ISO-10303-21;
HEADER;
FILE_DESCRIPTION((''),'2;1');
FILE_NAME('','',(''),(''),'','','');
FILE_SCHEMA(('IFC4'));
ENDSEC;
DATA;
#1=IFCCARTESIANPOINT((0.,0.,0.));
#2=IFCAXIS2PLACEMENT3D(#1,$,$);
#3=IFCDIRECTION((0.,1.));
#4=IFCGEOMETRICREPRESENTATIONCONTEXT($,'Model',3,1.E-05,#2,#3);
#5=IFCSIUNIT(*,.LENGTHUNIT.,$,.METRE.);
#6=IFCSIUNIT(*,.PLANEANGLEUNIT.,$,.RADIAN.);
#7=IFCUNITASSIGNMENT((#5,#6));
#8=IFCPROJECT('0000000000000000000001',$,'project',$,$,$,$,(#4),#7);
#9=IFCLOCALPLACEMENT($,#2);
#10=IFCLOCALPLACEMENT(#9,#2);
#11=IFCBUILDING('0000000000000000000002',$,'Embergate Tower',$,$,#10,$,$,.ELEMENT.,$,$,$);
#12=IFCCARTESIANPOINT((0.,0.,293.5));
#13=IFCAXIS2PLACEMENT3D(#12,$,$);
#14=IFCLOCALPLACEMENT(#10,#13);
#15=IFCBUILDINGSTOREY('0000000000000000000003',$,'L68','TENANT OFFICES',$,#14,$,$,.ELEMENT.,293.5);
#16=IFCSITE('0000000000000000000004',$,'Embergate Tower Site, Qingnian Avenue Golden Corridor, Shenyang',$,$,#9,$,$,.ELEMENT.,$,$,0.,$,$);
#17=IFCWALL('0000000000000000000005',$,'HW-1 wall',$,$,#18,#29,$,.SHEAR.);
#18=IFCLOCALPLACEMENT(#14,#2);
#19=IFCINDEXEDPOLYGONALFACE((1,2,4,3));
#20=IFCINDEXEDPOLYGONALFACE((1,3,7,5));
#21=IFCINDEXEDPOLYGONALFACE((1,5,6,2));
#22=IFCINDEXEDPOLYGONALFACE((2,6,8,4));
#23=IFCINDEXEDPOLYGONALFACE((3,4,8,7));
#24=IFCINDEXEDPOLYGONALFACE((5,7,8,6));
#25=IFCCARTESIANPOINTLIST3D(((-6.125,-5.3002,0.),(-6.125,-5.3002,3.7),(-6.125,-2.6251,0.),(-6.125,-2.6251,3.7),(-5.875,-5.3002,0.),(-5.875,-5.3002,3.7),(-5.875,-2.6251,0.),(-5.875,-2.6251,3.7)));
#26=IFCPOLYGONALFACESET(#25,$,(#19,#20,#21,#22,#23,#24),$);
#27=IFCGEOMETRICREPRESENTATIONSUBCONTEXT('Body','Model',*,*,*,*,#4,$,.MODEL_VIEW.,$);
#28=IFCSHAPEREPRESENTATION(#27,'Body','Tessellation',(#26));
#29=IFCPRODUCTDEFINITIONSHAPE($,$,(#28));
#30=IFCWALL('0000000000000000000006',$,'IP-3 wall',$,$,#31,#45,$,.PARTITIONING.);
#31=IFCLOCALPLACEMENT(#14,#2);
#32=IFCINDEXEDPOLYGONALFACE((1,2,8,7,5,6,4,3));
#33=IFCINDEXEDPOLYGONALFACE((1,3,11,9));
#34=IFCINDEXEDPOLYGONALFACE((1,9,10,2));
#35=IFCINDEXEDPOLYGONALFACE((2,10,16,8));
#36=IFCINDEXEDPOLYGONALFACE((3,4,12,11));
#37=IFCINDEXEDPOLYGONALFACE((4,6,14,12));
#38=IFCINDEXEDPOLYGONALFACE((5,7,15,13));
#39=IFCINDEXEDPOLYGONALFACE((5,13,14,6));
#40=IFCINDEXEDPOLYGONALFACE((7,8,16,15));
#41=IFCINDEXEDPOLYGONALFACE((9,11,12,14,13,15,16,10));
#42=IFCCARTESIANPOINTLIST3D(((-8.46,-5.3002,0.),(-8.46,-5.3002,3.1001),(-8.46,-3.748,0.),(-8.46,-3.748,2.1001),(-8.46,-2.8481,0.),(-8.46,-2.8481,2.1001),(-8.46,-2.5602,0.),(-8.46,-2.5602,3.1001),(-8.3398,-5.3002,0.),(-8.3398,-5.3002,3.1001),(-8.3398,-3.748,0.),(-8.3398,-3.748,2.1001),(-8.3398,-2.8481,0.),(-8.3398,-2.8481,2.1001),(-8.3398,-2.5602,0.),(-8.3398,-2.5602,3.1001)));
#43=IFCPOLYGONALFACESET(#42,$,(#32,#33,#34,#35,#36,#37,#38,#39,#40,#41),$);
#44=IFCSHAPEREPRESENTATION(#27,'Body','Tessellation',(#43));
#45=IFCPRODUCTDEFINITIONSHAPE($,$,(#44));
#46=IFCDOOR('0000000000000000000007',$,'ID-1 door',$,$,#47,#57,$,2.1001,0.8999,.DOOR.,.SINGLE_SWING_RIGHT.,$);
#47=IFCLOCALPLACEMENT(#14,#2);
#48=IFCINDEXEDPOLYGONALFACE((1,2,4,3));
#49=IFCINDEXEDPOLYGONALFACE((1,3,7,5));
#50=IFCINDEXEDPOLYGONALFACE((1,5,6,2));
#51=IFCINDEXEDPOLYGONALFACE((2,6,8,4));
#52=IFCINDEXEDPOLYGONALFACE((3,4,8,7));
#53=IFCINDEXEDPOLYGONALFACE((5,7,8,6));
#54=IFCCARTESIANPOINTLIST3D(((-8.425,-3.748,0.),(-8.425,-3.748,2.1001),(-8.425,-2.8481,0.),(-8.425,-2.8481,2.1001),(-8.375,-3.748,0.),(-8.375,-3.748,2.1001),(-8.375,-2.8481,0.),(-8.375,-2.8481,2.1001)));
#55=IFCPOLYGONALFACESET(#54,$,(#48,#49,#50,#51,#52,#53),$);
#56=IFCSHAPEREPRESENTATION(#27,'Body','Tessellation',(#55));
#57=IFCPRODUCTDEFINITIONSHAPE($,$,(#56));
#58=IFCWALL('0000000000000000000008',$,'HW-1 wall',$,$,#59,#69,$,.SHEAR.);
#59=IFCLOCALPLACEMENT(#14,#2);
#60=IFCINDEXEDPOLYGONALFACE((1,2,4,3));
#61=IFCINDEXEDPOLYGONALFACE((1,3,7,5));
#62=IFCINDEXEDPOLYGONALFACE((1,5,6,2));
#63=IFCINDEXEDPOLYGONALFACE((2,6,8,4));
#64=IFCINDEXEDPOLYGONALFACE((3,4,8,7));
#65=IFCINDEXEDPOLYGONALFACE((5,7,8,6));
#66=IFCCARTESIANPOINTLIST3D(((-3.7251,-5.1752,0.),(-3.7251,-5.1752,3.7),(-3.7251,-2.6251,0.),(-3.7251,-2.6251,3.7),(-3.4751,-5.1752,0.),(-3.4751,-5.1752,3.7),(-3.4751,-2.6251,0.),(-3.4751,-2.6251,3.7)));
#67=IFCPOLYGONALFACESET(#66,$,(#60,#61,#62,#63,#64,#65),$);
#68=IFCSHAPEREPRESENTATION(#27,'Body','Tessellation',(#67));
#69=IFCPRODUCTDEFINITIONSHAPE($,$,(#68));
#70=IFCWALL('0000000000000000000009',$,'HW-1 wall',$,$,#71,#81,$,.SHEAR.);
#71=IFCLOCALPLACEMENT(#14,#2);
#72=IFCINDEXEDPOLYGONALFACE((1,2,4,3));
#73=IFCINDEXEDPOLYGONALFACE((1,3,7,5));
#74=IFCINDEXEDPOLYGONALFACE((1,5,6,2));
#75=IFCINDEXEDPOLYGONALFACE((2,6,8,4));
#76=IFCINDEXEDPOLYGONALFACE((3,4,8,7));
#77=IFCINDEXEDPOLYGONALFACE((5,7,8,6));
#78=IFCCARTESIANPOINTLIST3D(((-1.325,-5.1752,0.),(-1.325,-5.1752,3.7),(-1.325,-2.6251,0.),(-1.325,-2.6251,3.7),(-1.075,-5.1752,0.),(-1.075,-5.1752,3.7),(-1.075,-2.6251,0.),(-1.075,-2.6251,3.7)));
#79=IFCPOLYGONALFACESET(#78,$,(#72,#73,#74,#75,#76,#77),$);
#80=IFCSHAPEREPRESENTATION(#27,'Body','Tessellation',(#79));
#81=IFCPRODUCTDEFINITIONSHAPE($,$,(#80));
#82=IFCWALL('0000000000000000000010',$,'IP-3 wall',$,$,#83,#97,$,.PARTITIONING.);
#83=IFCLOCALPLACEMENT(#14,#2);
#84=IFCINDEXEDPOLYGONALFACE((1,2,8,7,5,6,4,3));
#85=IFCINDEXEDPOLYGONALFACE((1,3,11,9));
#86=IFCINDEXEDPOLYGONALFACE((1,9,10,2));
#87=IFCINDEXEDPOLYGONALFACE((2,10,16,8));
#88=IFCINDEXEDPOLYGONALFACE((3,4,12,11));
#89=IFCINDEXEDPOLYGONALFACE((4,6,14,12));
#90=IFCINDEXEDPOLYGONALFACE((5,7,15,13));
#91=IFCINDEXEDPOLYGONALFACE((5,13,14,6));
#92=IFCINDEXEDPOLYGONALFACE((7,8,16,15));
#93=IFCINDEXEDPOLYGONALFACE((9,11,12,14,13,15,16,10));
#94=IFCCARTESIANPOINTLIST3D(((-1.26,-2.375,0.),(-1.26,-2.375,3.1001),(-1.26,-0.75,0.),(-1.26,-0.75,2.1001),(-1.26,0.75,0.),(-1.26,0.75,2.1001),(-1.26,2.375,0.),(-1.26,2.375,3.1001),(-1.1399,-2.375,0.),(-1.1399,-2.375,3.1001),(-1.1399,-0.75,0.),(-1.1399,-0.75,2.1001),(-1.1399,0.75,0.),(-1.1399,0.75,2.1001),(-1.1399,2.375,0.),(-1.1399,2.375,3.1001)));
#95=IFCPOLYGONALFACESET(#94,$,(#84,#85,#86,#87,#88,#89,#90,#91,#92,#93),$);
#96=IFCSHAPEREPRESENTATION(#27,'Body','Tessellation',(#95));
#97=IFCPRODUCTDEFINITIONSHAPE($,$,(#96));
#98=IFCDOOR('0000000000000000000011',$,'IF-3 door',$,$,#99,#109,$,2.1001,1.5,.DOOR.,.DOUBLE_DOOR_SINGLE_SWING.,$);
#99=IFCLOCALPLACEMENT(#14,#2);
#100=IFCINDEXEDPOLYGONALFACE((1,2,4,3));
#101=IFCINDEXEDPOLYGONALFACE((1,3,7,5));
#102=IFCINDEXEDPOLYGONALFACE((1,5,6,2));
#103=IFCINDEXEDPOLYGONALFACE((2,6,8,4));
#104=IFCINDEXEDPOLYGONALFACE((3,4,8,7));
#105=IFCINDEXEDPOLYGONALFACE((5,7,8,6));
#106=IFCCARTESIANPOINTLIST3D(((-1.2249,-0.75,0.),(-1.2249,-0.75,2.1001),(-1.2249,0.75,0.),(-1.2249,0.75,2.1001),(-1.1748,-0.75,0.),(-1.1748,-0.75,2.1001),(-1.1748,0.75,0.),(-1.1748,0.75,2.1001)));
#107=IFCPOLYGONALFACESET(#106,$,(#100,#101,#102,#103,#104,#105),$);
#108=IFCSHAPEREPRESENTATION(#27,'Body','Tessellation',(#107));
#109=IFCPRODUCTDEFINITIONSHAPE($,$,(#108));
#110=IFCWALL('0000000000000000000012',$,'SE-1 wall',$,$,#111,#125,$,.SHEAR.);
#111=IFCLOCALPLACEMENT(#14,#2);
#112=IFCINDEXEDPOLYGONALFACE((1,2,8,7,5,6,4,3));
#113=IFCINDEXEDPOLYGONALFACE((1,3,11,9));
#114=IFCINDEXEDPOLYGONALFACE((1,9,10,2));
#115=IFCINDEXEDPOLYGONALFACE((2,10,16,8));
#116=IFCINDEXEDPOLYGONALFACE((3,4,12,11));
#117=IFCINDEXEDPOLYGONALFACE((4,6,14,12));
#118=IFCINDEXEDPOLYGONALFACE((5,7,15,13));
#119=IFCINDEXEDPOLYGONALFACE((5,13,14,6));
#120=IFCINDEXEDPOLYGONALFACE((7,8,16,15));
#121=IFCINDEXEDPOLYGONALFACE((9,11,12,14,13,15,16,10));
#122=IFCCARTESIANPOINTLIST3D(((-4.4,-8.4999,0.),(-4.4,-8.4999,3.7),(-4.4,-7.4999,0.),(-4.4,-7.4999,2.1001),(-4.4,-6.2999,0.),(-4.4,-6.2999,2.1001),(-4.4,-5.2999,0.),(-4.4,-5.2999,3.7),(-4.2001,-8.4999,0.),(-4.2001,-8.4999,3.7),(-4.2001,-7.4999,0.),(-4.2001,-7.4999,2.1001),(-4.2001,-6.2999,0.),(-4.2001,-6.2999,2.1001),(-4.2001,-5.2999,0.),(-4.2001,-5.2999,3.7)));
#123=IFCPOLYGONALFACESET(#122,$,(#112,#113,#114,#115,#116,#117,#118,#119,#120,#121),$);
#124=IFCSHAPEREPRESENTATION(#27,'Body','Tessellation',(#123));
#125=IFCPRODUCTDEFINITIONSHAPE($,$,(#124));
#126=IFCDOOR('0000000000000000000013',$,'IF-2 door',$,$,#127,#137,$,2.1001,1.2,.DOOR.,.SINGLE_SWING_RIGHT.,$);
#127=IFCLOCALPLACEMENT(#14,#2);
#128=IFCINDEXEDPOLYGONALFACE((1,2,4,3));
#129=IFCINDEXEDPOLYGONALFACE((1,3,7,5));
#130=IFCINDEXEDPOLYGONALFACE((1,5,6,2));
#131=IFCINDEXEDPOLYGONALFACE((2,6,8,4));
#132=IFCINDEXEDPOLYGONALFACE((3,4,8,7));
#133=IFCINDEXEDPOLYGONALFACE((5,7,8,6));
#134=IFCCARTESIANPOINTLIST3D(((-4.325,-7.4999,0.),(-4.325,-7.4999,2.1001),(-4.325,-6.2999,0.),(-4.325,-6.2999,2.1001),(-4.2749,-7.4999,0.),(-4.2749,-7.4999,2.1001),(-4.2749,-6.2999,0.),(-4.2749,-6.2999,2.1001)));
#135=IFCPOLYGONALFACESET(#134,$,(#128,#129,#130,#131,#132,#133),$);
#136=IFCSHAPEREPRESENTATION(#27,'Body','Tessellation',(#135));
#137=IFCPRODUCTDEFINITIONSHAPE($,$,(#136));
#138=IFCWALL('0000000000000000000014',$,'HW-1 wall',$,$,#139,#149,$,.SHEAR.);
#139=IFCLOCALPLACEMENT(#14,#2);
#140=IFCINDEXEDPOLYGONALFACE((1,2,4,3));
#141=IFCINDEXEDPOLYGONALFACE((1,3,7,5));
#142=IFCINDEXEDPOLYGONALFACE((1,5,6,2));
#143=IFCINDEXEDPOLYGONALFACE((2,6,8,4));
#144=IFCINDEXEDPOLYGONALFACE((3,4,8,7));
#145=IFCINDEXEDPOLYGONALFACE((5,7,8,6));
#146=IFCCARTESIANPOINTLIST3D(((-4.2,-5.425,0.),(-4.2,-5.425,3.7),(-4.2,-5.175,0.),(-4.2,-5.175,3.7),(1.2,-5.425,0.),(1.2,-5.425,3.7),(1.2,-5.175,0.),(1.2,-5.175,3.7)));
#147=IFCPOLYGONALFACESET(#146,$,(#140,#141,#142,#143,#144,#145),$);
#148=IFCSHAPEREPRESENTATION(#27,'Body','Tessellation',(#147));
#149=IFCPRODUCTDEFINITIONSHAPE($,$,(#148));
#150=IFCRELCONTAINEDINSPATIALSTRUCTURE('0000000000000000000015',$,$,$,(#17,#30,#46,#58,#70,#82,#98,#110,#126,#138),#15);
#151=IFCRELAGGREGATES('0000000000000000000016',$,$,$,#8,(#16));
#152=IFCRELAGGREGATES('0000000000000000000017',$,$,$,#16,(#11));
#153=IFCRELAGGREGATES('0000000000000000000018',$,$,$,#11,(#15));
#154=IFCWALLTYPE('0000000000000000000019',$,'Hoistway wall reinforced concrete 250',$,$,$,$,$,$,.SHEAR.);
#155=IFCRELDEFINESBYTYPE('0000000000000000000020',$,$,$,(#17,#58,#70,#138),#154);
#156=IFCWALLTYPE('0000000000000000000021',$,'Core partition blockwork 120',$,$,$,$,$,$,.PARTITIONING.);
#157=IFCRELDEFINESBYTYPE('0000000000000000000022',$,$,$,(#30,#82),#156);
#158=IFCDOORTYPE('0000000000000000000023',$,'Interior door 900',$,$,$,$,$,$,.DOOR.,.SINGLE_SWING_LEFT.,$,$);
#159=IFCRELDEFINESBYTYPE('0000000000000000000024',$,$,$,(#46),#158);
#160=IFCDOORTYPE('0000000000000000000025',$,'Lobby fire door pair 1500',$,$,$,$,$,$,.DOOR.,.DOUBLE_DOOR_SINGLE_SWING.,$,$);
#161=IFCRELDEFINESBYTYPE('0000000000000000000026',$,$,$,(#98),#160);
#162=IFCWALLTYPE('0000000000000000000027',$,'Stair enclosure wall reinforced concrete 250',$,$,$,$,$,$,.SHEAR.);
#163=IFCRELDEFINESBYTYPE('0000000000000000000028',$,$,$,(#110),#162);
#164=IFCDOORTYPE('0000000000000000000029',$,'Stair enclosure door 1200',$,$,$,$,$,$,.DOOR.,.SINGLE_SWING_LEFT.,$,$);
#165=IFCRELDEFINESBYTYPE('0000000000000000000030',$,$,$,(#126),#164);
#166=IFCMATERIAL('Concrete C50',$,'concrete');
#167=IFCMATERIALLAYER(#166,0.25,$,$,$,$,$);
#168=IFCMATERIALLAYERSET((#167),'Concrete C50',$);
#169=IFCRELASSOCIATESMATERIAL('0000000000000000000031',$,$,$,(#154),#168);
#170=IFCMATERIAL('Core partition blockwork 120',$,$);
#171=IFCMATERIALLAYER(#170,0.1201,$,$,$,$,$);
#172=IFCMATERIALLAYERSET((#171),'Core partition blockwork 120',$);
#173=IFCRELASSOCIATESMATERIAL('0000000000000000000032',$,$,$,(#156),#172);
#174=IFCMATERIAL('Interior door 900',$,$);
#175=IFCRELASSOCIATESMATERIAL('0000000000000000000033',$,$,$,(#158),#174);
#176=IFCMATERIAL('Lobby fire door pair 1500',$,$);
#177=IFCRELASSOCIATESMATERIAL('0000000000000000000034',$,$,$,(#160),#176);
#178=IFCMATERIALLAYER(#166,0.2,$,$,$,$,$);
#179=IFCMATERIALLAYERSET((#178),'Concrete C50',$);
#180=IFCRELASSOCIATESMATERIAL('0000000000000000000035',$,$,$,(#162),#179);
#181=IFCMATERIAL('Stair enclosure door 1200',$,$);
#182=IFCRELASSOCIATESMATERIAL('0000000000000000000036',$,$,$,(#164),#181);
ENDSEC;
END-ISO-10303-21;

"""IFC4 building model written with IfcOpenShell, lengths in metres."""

from ifc_helpers import new_model, si_unit, direction, frame, frame_2d, origin, place, context, subcontext, project, spatial, rectangle, extrude, source, transform, mapped, material, layer, layer_set, type_object, element, fill, save


model = new_model("IFC4")

# Units and contexts
model_context = context("Model", 3, precision=1e-05, world=origin(), true_north=direction((0.0, 1.0)))
body_context = subcontext(model_context, "Body", "Model", "MODEL_VIEW")
ifc_project = project(units=[si_unit("LENGTHUNIT", "METRE"), si_unit("PLANEANGLEUNIT", "RADIAN")], contexts=[model_context])

# Site, building, storey
site_placement = place(None, origin())
site = spatial("IfcSite", under=ifc_project, at=site_placement, Name="Embergate Tower Site, Qingnian Avenue Golden Corridor, Shenyang", CompositionType="ELEMENT", RefElevation=0.0)
building_placement = place(site_placement, origin())
building = spatial("IfcBuilding", under=site, at=building_placement, Name="Embergate Tower", CompositionType="ELEMENT")
storey_placement = place(building_placement, frame((0.0, 0.0, 293.5)))
storey = spatial("IfcBuildingStorey", under=building, at=storey_placement, Name="L68", Description="TENANT OFFICES", CompositionType="ELEMENT", Elevation=293.5)

# Wall
ifc_material_1 = material(Name="Concrete C50", Category="concrete")
ifc_layer_1 = layer(ifc_material_1, 0.25)
ifc_layer_set_1 = layer_set([ifc_layer_1], Name="Concrete C50")
wall_type_1 = type_object("IfcWallType", Name="Hoistway wall reinforced concrete 250", PredefinedType="SHEAR", material=ifc_layer_set_1)
shared_shape_1 = source(origin(), body_context, "Body", "SweptSolid", [
    extrude(rectangle(XDim=2.675, YDim=0.25, at=frame_2d((1.3374, 0.0))), origin(), (0.0, 0.0, 1.0), 3.7),
])
wall_1_placement = place(storey_placement, frame((-6.0, -5.3, 0.0), z_axis=(0.0, 0.0, 1.0), x_axis=(0.0, 1.0, 0.0)))
element("IfcWall", 1, at=wall_1_placement, inside=storey, type_object=wall_type_1, Name="HW-1 wall", PredefinedType="SHEAR", context=body_context, shape_type="MappedRepresentation", body=[
    mapped(shared_shape_1, transform((0.0, 0.0, 0.0))),
])

# Wall, opening, door
ifc_material_2 = material(Name="Core partition blockwork 120")
ifc_layer_2 = layer(ifc_material_2, 0.1201)
ifc_layer_set_2 = layer_set([ifc_layer_2], Name="Core partition blockwork 120")
wall_type_2 = type_object("IfcWallType", Name="Core partition blockwork 120", PredefinedType="PARTITIONING", material=ifc_layer_set_2)
shared_shape_2 = source(origin(), body_context, "Body", "SweptSolid", [
    extrude(rectangle(XDim=2.74, YDim=0.1201, at=frame_2d((1.3701, 0.0))), origin(), (0.0, 0.0, 1.0), 3.1001),
])
wall_2_placement = place(storey_placement, frame((-8.3999, -2.5601, 0.0), z_axis=(0.0, 0.0, 1.0), x_axis=(0.0, -1.0, 0.0)))
wall_2 = element("IfcWall", 2, at=wall_2_placement, inside=storey, type_object=wall_type_2, Name="IP-3 wall", PredefinedType="PARTITIONING", context=body_context, shape_type="MappedRepresentation", body=[
    mapped(shared_shape_2, transform((0.0, 0.0, 0.0))),
])
shared_shape_3 = source(origin(), body_context, "Body", "SweptSolid", [
    extrude(rectangle(XDim=0.8999, YDim=2.1001, at=frame_2d((0.45, 1.05))), frame((0.0, 0.0701, 0.0), z_axis=(0.0, -1.0, 0.0), x_axis=(1.0, 0.0, 0.0)), (0.0, 0.0, 1.0), 0.1401),
])
opening_1_placement = place(wall_2_placement, frame((0.2881, 0.0, 0.0)))
opening_1 = element("IfcOpeningElement", 3, at=opening_1_placement, cuts=wall_2, PredefinedType="OPENING", context=body_context, shape_type="MappedRepresentation", body=[
    mapped(shared_shape_3, transform((0.0, 0.0, 0.0))),
])
ifc_material_3 = material(Name="Interior door 900")
door_type_1 = type_object("IfcDoorType", Name="Interior door 900", OperationType="SINGLE_SWING_LEFT", PredefinedType="DOOR", material=ifc_material_3)
shared_shape_4 = source(origin(), body_context, "Body", "SweptSolid", [
    extrude(rectangle(XDim=0.8999, YDim=2.1001, at=frame_2d((0.45, 1.05))), frame((0.0, 0.0249, 0.0), z_axis=(0.0, -1.0, 0.0), x_axis=(1.0, 0.0, 0.0)), (0.0, 0.0, 1.0), 0.05),
])
door_1_placement = place(opening_1_placement, origin())
door_1 = element("IfcDoor", 4, at=door_1_placement, inside=storey, type_object=door_type_1, Name="ID-1 door", OperationType="SINGLE_SWING_RIGHT", OverallHeight=2.1001, OverallWidth=0.8999, PredefinedType="DOOR", context=body_context, shape_type="MappedRepresentation", body=[
    mapped(shared_shape_4, transform((0.0, 0.0, 0.0))),
])
fill(opening_1, door_1)

# Walls
shared_shape_5 = source(origin(), body_context, "Body", "SweptSolid", [
    extrude(rectangle(XDim=2.55, YDim=0.25, at=frame_2d((1.2749, 0.0))), origin(), (0.0, 0.0, 1.0), 3.7),
])
for number, where, z_axis, x_axis, name in (
    (5, (-3.6001, -5.175, 0.0), (0.0, 0.0, 1.0), (0.0, 1.0, 0.0), "HW-1 wall"),
    (6, (-1.2, -5.175, 0.0), (0.0, 0.0, 1.0), (0.0, 1.0, 0.0), "HW-1 wall"),
):
    element("IfcWall", number, at=place(storey_placement, frame(where, z_axis=z_axis, x_axis=x_axis)), inside=storey, type_object=wall_type_1, Name=name, PredefinedType="SHEAR", context=body_context, shape_type="MappedRepresentation", body=[
        mapped(shared_shape_5, transform((0.0, 0.0, 0.0))),
    ])

# Walls, openings, doors
shared_shape_6 = source(origin(), body_context, "Body", "SweptSolid", [
    extrude(rectangle(XDim=4.75, YDim=0.1201, at=frame_2d((2.375, 0.0))), origin(), (0.0, 0.0, 1.0), 3.1001),
])
wall_3_placement = place(storey_placement, frame((-1.2, -2.375, 0.0), z_axis=(0.0, 0.0, 1.0), x_axis=(0.0, 1.0, 0.0)))
wall_3 = element("IfcWall", 7, at=wall_3_placement, inside=storey, type_object=wall_type_2, Name="IP-3 wall", PredefinedType="PARTITIONING", context=body_context, shape_type="MappedRepresentation", body=[
    mapped(shared_shape_6, transform((0.0, 0.0, 0.0))),
])
shared_shape_7 = source(origin(), body_context, "Body", "SweptSolid", [
    extrude(rectangle(XDim=1.5, YDim=2.1001, at=frame_2d((0.75, 1.05))), frame((0.0, 0.0701, 0.0), z_axis=(0.0, -1.0, 0.0), x_axis=(1.0, 0.0, 0.0)), (0.0, 0.0, 1.0), 0.1401),
])
opening_2_placement = place(wall_3_placement, frame((1.625, 0.0, 0.0)))
opening_2 = element("IfcOpeningElement", 8, at=opening_2_placement, cuts=wall_3, PredefinedType="OPENING", context=body_context, shape_type="MappedRepresentation", body=[
    mapped(shared_shape_7, transform((0.0, 0.0, 0.0))),
])
ifc_material_4 = material(Name="Lobby fire door pair 1500")
door_type_2 = type_object("IfcDoorType", Name="Lobby fire door pair 1500", OperationType="DOUBLE_DOOR_SINGLE_SWING", PredefinedType="DOOR", material=ifc_material_4)
shared_shape_8 = source(origin(), body_context, "Body", "SweptSolid", [
    extrude(rectangle(XDim=1.5, YDim=2.1001, at=frame_2d((0.75, 1.05))), frame((0.0, 0.0249, 0.0), z_axis=(0.0, -1.0, 0.0), x_axis=(1.0, 0.0, 0.0)), (0.0, 0.0, 1.0), 0.05),
])
door_2_placement = place(opening_2_placement, origin())
door_2 = element("IfcDoor", 9, at=door_2_placement, inside=storey, type_object=door_type_2, Name="IF-3 door", OperationType="DOUBLE_DOOR_SINGLE_SWING", OverallHeight=2.1001, OverallWidth=1.5, PredefinedType="DOOR", context=body_context, shape_type="MappedRepresentation", body=[
    mapped(shared_shape_8, transform((0.0, 0.0, 0.0))),
])
fill(opening_2, door_2)
ifc_layer_3 = layer(ifc_material_1, 0.2)
ifc_layer_set_3 = layer_set([ifc_layer_3], Name="Concrete C50")
wall_type_3 = type_object("IfcWallType", Name="Stair enclosure wall reinforced concrete 250", PredefinedType="SHEAR", material=ifc_layer_set_3)
shared_shape_9 = source(origin(), body_context, "Body", "SweptSolid", [
    extrude(rectangle(XDim=3.2, YDim=0.2, at=frame_2d((1.6001, 0.0))), origin(), (0.0, 0.0, 1.0), 3.7),
])
wall_4_placement = place(storey_placement, frame((-4.3, -8.5, 0.0), z_axis=(0.0, 0.0, 1.0), x_axis=(0.0, 1.0, 0.0)))
wall_4 = element("IfcWall", 10, at=wall_4_placement, inside=storey, type_object=wall_type_3, Name="SE-1 wall", PredefinedType="SHEAR", context=body_context, shape_type="MappedRepresentation", body=[
    mapped(shared_shape_9, transform((0.0, 0.0, 0.0))),
])
shared_shape_10 = source(origin(), body_context, "Body", "SweptSolid", [
    extrude(rectangle(XDim=1.2, YDim=2.1001, at=frame_2d((0.6001, 1.05))), frame((0.0, 0.1099, 0.0), z_axis=(0.0, -1.0, 0.0), x_axis=(1.0, 0.0, 0.0)), (0.0, 0.0, 1.0), 0.22),
])
opening_3_placement = place(wall_4_placement, frame((1.0, 0.0, 0.0)))
opening_3 = element("IfcOpeningElement", 11, at=opening_3_placement, cuts=wall_4, PredefinedType="OPENING", context=body_context, shape_type="MappedRepresentation", body=[
    mapped(shared_shape_10, transform((0.0, 0.0, 0.0))),
])
ifc_material_5 = material(Name="Stair enclosure door 1200")
door_type_3 = type_object("IfcDoorType", Name="Stair enclosure door 1200", OperationType="SINGLE_SWING_LEFT", PredefinedType="DOOR", material=ifc_material_5)
shared_shape_11 = source(origin(), body_context, "Body", "SweptSolid", [
    extrude(rectangle(XDim=1.2, YDim=2.1001, at=frame_2d((0.6001, 1.05))), frame((0.0, 0.0249, 0.0), z_axis=(0.0, -1.0, 0.0), x_axis=(1.0, 0.0, 0.0)), (0.0, 0.0, 1.0), 0.05),
])
door_3_placement = place(opening_3_placement, origin())
door_3 = element("IfcDoor", 12, at=door_3_placement, inside=storey, type_object=door_type_3, Name="IF-2 door", OperationType="SINGLE_SWING_RIGHT", OverallHeight=2.1001, OverallWidth=1.2, PredefinedType="DOOR", context=body_context, shape_type="MappedRepresentation", body=[
    mapped(shared_shape_11, transform((0.0, 0.0, 0.0))),
])
fill(opening_3, door_3)

# Wall
shared_shape_12 = source(origin(), body_context, "Body", "SweptSolid", [
    extrude(rectangle(XDim=5.3999, YDim=0.25, at=frame_2d((2.7, 0.0))), origin(), (0.0, 0.0, 1.0), 3.7),
])
wall_5_placement = place(storey_placement, frame((-4.2, -5.3, 0.0), z_axis=(0.0, 0.0, 1.0), x_axis=(1.0, 0.0, 0.0)))
element("IfcWall", 13, at=wall_5_placement, inside=storey, type_object=wall_type_1, Name="HW-1 wall", PredefinedType="SHEAR", context=body_context, shape_type="MappedRepresentation", body=[
    mapped(shared_shape_12, transform((0.0, 0.0, 0.0))),
])

save(model, "model.ifc")
